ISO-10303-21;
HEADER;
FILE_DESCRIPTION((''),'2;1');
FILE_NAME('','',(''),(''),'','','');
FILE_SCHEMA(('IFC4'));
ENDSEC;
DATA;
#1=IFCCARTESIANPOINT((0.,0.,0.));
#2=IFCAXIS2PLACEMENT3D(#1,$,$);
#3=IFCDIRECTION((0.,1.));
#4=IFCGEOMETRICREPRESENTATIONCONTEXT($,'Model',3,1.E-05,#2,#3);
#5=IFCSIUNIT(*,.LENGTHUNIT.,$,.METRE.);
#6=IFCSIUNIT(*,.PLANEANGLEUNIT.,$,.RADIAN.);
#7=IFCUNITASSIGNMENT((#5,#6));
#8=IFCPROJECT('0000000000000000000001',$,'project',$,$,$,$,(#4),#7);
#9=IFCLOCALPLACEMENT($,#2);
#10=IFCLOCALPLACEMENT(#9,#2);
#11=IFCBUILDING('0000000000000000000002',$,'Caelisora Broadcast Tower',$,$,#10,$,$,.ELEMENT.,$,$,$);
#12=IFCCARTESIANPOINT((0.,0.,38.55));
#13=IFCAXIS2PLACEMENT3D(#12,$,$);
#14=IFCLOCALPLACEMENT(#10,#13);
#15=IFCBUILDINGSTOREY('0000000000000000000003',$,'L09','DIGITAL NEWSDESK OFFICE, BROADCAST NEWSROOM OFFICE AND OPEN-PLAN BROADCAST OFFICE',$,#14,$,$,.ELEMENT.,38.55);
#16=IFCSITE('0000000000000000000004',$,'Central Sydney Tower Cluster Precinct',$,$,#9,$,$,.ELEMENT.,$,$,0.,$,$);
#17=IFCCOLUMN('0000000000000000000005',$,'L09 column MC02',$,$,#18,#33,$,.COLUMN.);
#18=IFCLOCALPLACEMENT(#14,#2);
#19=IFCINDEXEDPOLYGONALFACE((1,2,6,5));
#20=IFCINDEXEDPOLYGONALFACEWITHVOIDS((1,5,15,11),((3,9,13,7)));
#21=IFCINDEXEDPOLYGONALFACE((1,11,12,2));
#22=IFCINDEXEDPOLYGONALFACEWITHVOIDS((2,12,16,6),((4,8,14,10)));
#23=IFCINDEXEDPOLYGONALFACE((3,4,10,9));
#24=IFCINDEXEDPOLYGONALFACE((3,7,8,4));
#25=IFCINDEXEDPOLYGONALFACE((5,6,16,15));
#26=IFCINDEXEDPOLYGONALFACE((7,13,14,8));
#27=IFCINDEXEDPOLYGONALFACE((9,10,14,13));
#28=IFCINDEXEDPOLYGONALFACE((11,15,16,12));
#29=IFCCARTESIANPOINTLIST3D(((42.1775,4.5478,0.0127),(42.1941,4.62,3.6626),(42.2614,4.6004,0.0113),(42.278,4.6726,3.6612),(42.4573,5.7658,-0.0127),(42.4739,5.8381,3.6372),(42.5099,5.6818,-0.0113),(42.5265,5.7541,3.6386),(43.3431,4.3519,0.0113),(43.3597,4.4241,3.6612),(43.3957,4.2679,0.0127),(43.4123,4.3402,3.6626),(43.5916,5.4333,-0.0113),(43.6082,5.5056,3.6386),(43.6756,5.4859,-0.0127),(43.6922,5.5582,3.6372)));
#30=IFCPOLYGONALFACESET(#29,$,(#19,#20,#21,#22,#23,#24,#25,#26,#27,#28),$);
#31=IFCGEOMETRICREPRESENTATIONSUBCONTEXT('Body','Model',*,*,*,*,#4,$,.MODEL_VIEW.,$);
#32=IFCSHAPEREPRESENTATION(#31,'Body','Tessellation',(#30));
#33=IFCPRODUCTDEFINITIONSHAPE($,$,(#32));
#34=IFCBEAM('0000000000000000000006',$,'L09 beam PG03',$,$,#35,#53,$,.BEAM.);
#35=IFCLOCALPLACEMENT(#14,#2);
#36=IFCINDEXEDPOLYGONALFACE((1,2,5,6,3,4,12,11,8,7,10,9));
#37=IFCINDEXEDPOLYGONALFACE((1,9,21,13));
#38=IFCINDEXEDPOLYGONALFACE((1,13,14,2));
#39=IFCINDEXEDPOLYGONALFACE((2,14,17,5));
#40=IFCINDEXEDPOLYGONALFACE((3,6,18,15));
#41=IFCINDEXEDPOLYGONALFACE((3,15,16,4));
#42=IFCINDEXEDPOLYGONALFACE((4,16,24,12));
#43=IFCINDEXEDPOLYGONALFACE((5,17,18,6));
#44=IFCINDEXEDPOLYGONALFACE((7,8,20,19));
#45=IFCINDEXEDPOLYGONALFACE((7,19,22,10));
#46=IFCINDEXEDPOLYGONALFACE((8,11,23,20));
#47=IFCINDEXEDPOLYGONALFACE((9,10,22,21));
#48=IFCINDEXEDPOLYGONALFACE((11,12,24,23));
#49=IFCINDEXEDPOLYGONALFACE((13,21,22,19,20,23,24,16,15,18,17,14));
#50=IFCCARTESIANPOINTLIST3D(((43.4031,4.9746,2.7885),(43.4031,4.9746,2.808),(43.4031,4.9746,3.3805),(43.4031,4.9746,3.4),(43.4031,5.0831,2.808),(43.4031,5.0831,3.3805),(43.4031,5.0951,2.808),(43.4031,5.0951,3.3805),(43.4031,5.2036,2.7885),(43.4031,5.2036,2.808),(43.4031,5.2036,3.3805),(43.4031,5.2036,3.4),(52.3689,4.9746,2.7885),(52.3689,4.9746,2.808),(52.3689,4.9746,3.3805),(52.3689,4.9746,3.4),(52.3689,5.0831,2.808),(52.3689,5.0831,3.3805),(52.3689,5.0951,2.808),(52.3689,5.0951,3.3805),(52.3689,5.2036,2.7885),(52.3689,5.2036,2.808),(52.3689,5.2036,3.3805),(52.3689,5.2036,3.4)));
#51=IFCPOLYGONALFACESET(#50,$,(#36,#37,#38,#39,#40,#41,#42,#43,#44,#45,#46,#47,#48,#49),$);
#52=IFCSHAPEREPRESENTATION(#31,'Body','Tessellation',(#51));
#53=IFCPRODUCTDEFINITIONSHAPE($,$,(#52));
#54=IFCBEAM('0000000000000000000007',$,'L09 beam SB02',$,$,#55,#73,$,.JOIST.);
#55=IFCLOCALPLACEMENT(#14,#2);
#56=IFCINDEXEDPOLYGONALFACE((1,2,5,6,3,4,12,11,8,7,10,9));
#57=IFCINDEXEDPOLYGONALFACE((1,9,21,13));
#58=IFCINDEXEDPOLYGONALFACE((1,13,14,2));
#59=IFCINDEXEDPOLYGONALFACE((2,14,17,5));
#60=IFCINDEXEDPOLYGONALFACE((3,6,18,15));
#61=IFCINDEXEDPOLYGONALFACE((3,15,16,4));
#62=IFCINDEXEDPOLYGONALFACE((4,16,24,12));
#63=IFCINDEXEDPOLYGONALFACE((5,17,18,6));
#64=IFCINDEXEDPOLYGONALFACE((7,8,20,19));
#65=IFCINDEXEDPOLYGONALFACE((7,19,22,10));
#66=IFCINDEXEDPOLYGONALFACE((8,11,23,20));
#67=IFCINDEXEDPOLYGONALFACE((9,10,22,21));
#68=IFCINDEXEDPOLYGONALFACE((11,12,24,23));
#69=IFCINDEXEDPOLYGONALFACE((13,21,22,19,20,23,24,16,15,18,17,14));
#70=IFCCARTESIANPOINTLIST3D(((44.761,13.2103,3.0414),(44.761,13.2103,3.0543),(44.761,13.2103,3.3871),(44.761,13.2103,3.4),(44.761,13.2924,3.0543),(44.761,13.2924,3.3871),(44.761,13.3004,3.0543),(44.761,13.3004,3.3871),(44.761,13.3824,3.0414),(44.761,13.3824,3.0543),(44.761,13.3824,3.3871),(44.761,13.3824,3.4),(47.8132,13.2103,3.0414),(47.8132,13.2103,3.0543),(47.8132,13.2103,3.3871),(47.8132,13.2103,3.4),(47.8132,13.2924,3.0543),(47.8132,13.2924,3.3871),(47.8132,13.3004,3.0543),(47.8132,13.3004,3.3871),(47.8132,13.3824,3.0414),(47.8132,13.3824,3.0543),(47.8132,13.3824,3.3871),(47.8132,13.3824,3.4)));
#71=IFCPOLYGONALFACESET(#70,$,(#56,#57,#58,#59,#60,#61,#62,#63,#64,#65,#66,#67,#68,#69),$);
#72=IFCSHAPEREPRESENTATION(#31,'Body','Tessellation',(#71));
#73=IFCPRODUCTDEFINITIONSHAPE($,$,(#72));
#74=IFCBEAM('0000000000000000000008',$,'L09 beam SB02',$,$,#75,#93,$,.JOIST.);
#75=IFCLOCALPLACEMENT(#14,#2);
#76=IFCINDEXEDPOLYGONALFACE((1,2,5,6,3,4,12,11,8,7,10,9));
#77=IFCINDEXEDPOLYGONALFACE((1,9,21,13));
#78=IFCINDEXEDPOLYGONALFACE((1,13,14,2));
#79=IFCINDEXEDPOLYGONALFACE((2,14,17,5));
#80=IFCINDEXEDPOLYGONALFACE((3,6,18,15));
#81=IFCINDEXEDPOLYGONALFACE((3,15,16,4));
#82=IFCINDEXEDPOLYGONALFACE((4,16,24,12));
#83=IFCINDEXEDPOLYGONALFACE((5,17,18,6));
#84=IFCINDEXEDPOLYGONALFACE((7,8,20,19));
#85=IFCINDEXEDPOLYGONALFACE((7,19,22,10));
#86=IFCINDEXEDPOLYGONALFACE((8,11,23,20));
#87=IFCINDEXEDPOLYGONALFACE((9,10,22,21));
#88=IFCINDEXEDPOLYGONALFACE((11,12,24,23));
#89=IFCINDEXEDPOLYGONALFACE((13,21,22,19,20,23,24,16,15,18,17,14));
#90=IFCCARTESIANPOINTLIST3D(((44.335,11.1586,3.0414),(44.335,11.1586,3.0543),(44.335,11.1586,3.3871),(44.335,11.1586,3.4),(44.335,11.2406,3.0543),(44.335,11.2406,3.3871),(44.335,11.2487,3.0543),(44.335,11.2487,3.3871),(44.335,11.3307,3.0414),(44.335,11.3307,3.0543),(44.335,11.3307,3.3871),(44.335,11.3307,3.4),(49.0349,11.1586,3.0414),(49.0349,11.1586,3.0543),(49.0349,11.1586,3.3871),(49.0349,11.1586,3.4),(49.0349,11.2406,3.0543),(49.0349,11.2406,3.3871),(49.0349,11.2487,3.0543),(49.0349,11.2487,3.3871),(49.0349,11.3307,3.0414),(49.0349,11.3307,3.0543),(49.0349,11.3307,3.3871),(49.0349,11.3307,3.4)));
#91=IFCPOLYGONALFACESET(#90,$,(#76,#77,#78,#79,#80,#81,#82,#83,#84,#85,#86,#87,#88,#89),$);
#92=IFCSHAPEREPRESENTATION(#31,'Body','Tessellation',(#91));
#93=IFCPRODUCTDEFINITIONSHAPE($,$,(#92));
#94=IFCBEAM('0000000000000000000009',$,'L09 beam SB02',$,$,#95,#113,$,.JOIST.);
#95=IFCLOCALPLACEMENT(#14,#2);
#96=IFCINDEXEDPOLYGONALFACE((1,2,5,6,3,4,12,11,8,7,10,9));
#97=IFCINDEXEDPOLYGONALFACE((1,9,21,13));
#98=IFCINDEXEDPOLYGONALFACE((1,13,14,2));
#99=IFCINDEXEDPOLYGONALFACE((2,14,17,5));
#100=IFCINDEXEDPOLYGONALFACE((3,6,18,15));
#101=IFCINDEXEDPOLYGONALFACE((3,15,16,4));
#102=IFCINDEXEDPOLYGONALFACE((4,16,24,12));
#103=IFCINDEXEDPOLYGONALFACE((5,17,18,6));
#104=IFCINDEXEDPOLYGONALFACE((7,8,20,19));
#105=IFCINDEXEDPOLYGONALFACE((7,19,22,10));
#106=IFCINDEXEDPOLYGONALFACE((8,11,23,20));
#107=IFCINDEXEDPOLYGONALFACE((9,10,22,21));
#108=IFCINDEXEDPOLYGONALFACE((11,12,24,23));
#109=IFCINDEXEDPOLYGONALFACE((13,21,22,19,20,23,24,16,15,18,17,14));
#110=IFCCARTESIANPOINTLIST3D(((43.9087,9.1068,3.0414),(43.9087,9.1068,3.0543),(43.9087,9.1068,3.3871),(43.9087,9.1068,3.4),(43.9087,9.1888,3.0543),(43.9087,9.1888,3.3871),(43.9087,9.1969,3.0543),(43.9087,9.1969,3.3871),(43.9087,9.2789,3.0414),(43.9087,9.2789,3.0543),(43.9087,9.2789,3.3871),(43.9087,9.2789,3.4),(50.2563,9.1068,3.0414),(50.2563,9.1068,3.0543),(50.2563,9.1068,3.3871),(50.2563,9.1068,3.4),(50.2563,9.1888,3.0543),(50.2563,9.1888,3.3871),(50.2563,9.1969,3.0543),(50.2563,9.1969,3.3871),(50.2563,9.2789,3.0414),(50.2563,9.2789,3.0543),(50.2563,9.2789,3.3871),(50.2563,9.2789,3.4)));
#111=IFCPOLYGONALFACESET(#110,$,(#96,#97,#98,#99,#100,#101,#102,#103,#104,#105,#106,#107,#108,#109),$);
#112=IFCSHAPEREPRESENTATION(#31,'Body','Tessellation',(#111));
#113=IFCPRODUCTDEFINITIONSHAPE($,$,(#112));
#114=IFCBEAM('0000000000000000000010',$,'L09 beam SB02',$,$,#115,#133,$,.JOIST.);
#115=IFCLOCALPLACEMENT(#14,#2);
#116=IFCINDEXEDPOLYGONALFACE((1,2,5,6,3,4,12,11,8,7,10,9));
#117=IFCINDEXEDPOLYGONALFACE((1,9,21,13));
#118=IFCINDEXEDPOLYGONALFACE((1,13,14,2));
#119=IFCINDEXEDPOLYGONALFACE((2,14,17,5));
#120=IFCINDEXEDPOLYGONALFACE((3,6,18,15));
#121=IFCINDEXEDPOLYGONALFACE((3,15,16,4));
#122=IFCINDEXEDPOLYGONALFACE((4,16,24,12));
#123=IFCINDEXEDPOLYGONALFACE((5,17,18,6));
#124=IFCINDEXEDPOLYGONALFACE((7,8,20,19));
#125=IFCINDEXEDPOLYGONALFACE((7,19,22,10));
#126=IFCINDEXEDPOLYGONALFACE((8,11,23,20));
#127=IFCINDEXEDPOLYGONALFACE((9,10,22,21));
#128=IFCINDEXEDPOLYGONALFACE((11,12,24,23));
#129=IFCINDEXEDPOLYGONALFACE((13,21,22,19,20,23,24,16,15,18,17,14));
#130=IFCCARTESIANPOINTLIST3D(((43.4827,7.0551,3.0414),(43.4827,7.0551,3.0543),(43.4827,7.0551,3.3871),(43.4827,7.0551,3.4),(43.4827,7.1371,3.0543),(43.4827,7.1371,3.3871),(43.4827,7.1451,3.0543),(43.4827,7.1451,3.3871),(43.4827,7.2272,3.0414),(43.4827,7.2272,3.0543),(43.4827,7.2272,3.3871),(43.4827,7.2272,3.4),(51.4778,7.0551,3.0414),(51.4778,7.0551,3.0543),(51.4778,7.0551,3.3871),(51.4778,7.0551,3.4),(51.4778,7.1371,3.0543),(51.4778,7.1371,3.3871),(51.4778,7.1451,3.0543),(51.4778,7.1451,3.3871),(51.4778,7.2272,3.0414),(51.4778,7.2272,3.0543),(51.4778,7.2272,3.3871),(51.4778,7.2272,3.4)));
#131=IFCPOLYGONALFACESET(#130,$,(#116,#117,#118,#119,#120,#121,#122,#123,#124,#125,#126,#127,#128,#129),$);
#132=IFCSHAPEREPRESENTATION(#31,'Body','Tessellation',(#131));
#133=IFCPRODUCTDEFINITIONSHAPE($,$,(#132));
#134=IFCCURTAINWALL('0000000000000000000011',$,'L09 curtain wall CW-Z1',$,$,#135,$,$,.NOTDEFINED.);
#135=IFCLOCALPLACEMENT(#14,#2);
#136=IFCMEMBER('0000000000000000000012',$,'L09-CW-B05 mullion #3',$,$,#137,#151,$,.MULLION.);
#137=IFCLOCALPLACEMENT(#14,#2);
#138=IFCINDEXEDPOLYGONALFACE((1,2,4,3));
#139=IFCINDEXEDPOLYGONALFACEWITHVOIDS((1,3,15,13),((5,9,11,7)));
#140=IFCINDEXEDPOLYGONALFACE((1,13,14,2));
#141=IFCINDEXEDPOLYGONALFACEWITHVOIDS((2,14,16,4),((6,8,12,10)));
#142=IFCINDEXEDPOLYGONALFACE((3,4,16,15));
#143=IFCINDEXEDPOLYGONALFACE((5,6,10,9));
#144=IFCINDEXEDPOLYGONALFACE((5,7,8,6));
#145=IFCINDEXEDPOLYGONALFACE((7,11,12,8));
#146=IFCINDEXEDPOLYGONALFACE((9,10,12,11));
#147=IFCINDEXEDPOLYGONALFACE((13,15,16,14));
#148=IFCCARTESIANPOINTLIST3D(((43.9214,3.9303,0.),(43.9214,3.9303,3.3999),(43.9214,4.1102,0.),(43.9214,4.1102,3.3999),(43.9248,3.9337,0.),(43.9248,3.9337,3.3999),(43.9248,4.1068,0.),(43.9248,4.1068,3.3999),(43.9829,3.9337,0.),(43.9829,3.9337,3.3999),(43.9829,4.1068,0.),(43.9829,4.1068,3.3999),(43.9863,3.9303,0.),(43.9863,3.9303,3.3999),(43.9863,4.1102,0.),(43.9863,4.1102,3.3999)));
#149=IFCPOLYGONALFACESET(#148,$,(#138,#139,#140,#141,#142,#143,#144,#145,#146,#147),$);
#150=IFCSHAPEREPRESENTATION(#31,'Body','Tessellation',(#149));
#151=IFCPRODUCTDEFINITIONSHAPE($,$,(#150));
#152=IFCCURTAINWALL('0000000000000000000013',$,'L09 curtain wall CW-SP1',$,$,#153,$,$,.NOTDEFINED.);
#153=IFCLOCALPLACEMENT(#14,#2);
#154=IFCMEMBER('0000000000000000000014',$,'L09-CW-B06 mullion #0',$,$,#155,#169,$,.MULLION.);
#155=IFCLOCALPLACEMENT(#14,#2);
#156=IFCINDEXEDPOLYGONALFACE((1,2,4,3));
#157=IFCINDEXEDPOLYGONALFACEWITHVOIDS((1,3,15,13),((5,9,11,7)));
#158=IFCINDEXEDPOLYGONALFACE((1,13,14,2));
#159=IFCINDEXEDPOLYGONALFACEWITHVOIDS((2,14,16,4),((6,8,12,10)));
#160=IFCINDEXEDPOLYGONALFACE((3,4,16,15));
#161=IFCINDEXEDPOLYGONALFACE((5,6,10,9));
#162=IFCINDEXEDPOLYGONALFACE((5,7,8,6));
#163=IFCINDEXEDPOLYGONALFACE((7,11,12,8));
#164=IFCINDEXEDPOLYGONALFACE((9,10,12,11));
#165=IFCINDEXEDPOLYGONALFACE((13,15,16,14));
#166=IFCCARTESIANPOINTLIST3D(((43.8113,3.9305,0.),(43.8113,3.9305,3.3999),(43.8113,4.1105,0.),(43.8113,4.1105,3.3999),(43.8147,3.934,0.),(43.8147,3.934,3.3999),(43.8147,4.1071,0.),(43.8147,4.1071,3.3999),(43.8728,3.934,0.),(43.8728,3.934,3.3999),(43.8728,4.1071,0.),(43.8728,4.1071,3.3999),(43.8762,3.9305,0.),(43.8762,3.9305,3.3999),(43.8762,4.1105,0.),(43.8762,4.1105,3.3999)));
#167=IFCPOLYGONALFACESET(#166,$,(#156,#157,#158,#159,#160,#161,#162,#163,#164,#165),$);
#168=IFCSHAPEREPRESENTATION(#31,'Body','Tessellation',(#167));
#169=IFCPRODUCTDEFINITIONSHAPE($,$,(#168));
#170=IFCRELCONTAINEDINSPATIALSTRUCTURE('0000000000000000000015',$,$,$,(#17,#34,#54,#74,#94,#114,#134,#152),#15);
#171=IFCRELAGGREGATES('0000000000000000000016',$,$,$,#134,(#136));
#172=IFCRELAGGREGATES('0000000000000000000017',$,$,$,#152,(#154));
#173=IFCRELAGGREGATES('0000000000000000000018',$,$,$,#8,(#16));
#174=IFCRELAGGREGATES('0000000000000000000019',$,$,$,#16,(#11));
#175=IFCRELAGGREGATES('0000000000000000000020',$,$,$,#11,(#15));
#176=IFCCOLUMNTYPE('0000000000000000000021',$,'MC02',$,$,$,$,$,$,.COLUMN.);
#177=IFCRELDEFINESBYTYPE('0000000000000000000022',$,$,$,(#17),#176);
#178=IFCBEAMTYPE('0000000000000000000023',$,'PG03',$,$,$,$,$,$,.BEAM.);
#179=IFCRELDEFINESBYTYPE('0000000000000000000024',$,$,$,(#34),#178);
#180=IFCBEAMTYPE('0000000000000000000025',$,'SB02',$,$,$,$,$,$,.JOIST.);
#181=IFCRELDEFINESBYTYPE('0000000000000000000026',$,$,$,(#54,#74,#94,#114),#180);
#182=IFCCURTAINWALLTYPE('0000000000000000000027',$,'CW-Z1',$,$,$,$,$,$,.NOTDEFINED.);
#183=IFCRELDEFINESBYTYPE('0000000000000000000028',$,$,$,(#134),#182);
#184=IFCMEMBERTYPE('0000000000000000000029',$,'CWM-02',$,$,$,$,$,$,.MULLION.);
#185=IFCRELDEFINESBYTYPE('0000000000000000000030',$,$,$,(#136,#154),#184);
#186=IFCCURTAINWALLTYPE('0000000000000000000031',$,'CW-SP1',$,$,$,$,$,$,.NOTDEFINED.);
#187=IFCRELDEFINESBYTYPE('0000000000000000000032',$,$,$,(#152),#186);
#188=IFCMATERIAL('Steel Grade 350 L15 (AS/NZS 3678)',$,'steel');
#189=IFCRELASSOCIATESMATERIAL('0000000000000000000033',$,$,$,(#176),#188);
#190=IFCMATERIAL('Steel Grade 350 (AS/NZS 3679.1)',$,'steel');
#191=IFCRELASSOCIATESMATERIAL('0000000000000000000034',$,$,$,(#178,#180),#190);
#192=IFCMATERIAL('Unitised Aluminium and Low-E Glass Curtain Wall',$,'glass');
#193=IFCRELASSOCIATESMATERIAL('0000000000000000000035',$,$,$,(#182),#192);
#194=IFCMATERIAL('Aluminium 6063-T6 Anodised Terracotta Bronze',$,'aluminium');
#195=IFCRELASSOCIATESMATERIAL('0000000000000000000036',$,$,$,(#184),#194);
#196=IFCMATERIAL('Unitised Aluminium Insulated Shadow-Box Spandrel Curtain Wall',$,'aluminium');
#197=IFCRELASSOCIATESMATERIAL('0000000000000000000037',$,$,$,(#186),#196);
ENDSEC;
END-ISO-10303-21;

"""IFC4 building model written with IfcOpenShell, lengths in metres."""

from ifc_helpers import new_model, si_unit, direction, frame, origin, origin_2d, place, context, subcontext, project, spatial, hollow_rectangle, i_section, extrude, source, transform, mapped, material, material_profile, profile_set, type_object, type_shapes, element, aggregate, save


model = new_model("IFC4")

# Units and contexts
model_context = context("Model", 3, precision=1e-05, world=origin(), true_north=direction((0.0, 1.0)))
body_context = subcontext(model_context, "Body", "Model", "MODEL_VIEW")
ifc_project = project(units=[si_unit("LENGTHUNIT", "METRE"), si_unit("PLANEANGLEUNIT", "RADIAN")], contexts=[model_context])

# Site, building, storey
site_placement = place(None, origin())
site = spatial("IfcSite", under=ifc_project, at=site_placement, Name="Central Sydney Tower Cluster Precinct", CompositionType="ELEMENT", RefElevation=0.0)
building_placement = place(site_placement, origin())
building = spatial("IfcBuilding", under=site, at=building_placement, Name="Caelisora Broadcast Tower", CompositionType="ELEMENT")
storey_placement = place(building_placement, frame((0.0, 0.0, 38.55)))
storey = spatial("IfcBuildingStorey", under=building, at=storey_placement, Name="L09", Description="DIGITAL NEWSDESK OFFICE, BROADCAST NEWSROOM OFFICE AND OPEN-PLAN BROADCAST OFFICE", CompositionType="ELEMENT", Elevation=38.55)

# Column
ifc_material_1 = material(Name="Steel Grade 350 L15 (AS/NZS 3678)", Category="steel")
ifc_material_profile_1 = material_profile(ifc_material_1, hollow_rectangle(XDim=1.25, YDim=1.25, WallThickness=0.0701, at=origin_2d()), Name="Steel Grade 350 L15 (AS/NZS 3678)")
ifc_profile_set_1 = profile_set([ifc_material_profile_1], Name="Steel Grade 350 L15 (AS/NZS 3678)")
column_type = type_object("IfcColumnType", Name="MC02", PredefinedType="COLUMN", material=ifc_profile_set_1)
shared_shape_1 = source(origin(), body_context, "Body", "SweptSolid", [
    extrude(hollow_rectangle(XDim=1.25, YDim=1.25, WallThickness=0.0701, at=origin_2d()), origin(), (0.0, 0.0, 1.0), 3.6506),
])
type_shapes(column_type, [shared_shape_1])
column_placement = place(storey_placement, frame((42.9265, 5.0168, 0.0), z_axis=(0.004548, 0.019795, 0.999794), x_axis=(-0.974613, 0.223898, 0.0)))
element("IfcColumn", 1, at=column_placement, inside=storey, type_object=column_type, Name="L09 column MC02", PredefinedType="COLUMN", context=body_context, shape_type="MappedRepresentation", body=[
    mapped(shared_shape_1, transform((0.0, 0.0, 0.0), scale=1.0)),
])

# Beams
ifc_material_2 = material(Name="Steel Grade 350 (AS/NZS 3679.1)", Category="steel")
ifc_material_profile_2 = material_profile(ifc_material_2, i_section(OverallWidth=0.229, OverallDepth=0.6116, WebThickness=0.012, FlangeThickness=0.0195, at=origin_2d()), Name="Steel Grade 350 (AS/NZS 3679.1)")
ifc_profile_set_2 = profile_set([ifc_material_profile_2], Name="Steel Grade 350 (AS/NZS 3679.1)")
beam_type_1 = type_object("IfcBeamType", Name="PG03", PredefinedType="BEAM", material=ifc_profile_set_2)
shared_shape_2 = source(origin(), body_context, "Body", "SweptSolid", [
    extrude(i_section(OverallWidth=0.229, OverallDepth=0.6116, WebThickness=0.012, FlangeThickness=0.0195, at=origin_2d()), origin(), (0.0, 0.0, 1.0), 8.9658),
])
type_shapes(beam_type_1, [shared_shape_2])
beam_1_placement = place(storey_placement, frame((43.4031, 5.0891, 3.0942), z_axis=(1.0, 0.0, 0.0), x_axis=(0.0, 1.0, 0.0)))
element("IfcBeam", 2, at=beam_1_placement, inside=storey, type_object=beam_type_1, Name="L09 beam PG03", PredefinedType="BEAM", context=body_context, shape_type="MappedRepresentation", body=[
    mapped(shared_shape_2, transform((0.0, 0.0, 0.0), scale=1.0)),
])
ifc_material_profile_3 = material_profile(ifc_material_2, i_section(OverallWidth=0.1721, OverallDepth=0.3586, WebThickness=0.0081, FlangeThickness=0.0129, at=origin_2d()), Name="Steel Grade 350 (AS/NZS 3679.1)")
ifc_profile_set_3 = profile_set([ifc_material_profile_3], Name="Steel Grade 350 (AS/NZS 3679.1)")
beam_type_2 = type_object("IfcBeamType", Name="SB02", PredefinedType="JOIST", material=ifc_profile_set_3)
shared_shape_3 = source(origin(), body_context, "Body", "SweptSolid", [
    extrude(i_section(OverallWidth=0.1721, OverallDepth=0.3586, WebThickness=0.0081, FlangeThickness=0.0129, at=origin_2d()), origin(), (0.0, 0.0, 1.0), 3.0522),
])
beam_2_placement = place(storey_placement, frame((44.761, 13.2964, 3.2207), z_axis=(1.0, 0.0, 0.0), x_axis=(0.0, 1.0, 0.0)))
element("IfcBeam", 3, at=beam_2_placement, inside=storey, type_object=beam_type_2, Name="L09 beam SB02", PredefinedType="JOIST", context=body_context, shape_type="MappedRepresentation", body=[
    mapped(shared_shape_3, transform((0.0, 0.0, 0.0), scale=1.0)),
])
shared_shape_4 = source(origin(), body_context, "Body", "SweptSolid", [
    extrude(i_section(OverallWidth=0.1721, OverallDepth=0.3586, WebThickness=0.0081, FlangeThickness=0.0129, at=origin_2d()), origin(), (0.0, 0.0, 1.0), 4.7),
])
beam_3_placement = place(storey_placement, frame((44.335, 11.2446, 3.2207), z_axis=(1.0, 0.0, 0.0), x_axis=(0.0, 1.0, 0.0)))
element("IfcBeam", 4, at=beam_3_placement, inside=storey, type_object=beam_type_2, Name="L09 beam SB02", PredefinedType="JOIST", context=body_context, shape_type="MappedRepresentation", body=[
    mapped(shared_shape_4, transform((0.0, 0.0, 0.0), scale=1.0)),
])
shared_shape_5 = source(origin(), body_context, "Body", "SweptSolid", [
    extrude(i_section(OverallWidth=0.1721, OverallDepth=0.3586, WebThickness=0.0081, FlangeThickness=0.0129, at=origin_2d()), origin(), (0.0, 0.0, 1.0), 6.3477),
])
beam_4_placement = place(storey_placement, frame((43.9087, 9.1929, 3.2207), z_axis=(1.0, 0.0, 0.0), x_axis=(0.0, 1.0, 0.0)))
element("IfcBeam", 5, at=beam_4_placement, inside=storey, type_object=beam_type_2, Name="L09 beam SB02", PredefinedType="JOIST", context=body_context, shape_type="MappedRepresentation", body=[
    mapped(shared_shape_5, transform((0.0, 0.0, 0.0), scale=1.0)),
])
shared_shape_6 = source(origin(), body_context, "Body", "SweptSolid", [
    extrude(i_section(OverallWidth=0.1721, OverallDepth=0.3586, WebThickness=0.0081, FlangeThickness=0.0129, at=origin_2d()), origin(), (0.0, 0.0, 1.0), 7.9951),
])
type_shapes(beam_type_2, [shared_shape_3, shared_shape_4, shared_shape_5, shared_shape_6])
beam_5_placement = place(storey_placement, frame((43.4827, 7.1411, 3.2207), z_axis=(1.0, 0.0, 0.0), x_axis=(0.0, 1.0, 0.0)))
element("IfcBeam", 6, at=beam_5_placement, inside=storey, type_object=beam_type_2, Name="L09 beam SB02", PredefinedType="JOIST", context=body_context, shape_type="MappedRepresentation", body=[
    mapped(shared_shape_6, transform((0.0, 0.0, 0.0), scale=1.0)),
])

# Curtain wall, member
ifc_material_3 = material(Name="Unitised Aluminium and Low-E Glass Curtain Wall", Category="glass")
curtain_wall_type_1 = type_object("IfcCurtainWallType", Name="CW-Z1", PredefinedType="NOTDEFINED", material=ifc_material_3)
curtain_wall_1_placement = place(storey_placement, origin())
curtain_wall_1 = element("IfcCurtainWall", 7, at=curtain_wall_1_placement, inside=storey, type_object=curtain_wall_type_1, Name="L09 curtain wall CW-Z1", PredefinedType="NOTDEFINED")
ifc_material_4 = material(Name="Aluminium 6063-T6 Anodised Terracotta Bronze", Category="aluminium")
ifc_material_profile_4 = material_profile(ifc_material_4, hollow_rectangle(XDim=0.0649, YDim=0.1799, WallThickness=0.0034, at=origin_2d()), Name="Aluminium 6063-T6 Anodised Terracotta Bronze")
ifc_profile_set_4 = profile_set([ifc_material_profile_4], Name="Aluminium 6063-T6 Anodised Terracotta Bronze")
member_type_1 = type_object("IfcMemberType", Name="CWM-02", PredefinedType="MULLION", material=ifc_profile_set_4)
shared_shape_7 = source(origin(), body_context, "Body", "SweptSolid", [
    extrude(hollow_rectangle(XDim=0.0649, YDim=0.1799, WallThickness=0.0034, at=origin_2d()), origin(), (0.0, 0.0, 1.0), 3.3999),
])
type_shapes(member_type_1, [shared_shape_7])
member_1_placement = place(storey_placement, frame((43.9539, 4.0203, 0.0), z_axis=(0.0, 0.0, 1.0), x_axis=(1.0, 0.0, 0.0)))
member_1 = element("IfcMember", 8, at=member_1_placement, type_object=member_type_1, Name="L09-CW-B05 mullion #3", PredefinedType="MULLION", context=body_context, shape_type="MappedRepresentation", body=[
    mapped(shared_shape_7, transform((0.0, 0.0, 0.0), scale=1.0)),
])
aggregate(curtain_wall_1, [member_1])

# Curtain wall, member
ifc_material_5 = material(Name="Unitised Aluminium Insulated Shadow-Box Spandrel Curtain Wall", Category="aluminium")
curtain_wall_type_2 = type_object("IfcCurtainWallType", Name="CW-SP1", PredefinedType="NOTDEFINED", material=ifc_material_5)
curtain_wall_2_placement = place(storey_placement, origin())
curtain_wall_2 = element("IfcCurtainWall", 9, at=curtain_wall_2_placement, inside=storey, type_object=curtain_wall_type_2, Name="L09 curtain wall CW-SP1", PredefinedType="NOTDEFINED")
member_2_placement = place(storey_placement, frame((43.8438, 4.0205, 0.0), z_axis=(0.0, 0.0, 1.0), x_axis=(1.0, 0.0, 0.0)))
member_2 = element("IfcMember", 10, at=member_2_placement, type_object=member_type_1, Name="L09-CW-B06 mullion #0", PredefinedType="MULLION", context=body_context, shape_type="MappedRepresentation", body=[
    mapped(shared_shape_7, transform((0.0, 0.0, 0.0), scale=1.0)),
])

aggregate(curtain_wall_2, [member_2])

save(model, "model.ifc")
